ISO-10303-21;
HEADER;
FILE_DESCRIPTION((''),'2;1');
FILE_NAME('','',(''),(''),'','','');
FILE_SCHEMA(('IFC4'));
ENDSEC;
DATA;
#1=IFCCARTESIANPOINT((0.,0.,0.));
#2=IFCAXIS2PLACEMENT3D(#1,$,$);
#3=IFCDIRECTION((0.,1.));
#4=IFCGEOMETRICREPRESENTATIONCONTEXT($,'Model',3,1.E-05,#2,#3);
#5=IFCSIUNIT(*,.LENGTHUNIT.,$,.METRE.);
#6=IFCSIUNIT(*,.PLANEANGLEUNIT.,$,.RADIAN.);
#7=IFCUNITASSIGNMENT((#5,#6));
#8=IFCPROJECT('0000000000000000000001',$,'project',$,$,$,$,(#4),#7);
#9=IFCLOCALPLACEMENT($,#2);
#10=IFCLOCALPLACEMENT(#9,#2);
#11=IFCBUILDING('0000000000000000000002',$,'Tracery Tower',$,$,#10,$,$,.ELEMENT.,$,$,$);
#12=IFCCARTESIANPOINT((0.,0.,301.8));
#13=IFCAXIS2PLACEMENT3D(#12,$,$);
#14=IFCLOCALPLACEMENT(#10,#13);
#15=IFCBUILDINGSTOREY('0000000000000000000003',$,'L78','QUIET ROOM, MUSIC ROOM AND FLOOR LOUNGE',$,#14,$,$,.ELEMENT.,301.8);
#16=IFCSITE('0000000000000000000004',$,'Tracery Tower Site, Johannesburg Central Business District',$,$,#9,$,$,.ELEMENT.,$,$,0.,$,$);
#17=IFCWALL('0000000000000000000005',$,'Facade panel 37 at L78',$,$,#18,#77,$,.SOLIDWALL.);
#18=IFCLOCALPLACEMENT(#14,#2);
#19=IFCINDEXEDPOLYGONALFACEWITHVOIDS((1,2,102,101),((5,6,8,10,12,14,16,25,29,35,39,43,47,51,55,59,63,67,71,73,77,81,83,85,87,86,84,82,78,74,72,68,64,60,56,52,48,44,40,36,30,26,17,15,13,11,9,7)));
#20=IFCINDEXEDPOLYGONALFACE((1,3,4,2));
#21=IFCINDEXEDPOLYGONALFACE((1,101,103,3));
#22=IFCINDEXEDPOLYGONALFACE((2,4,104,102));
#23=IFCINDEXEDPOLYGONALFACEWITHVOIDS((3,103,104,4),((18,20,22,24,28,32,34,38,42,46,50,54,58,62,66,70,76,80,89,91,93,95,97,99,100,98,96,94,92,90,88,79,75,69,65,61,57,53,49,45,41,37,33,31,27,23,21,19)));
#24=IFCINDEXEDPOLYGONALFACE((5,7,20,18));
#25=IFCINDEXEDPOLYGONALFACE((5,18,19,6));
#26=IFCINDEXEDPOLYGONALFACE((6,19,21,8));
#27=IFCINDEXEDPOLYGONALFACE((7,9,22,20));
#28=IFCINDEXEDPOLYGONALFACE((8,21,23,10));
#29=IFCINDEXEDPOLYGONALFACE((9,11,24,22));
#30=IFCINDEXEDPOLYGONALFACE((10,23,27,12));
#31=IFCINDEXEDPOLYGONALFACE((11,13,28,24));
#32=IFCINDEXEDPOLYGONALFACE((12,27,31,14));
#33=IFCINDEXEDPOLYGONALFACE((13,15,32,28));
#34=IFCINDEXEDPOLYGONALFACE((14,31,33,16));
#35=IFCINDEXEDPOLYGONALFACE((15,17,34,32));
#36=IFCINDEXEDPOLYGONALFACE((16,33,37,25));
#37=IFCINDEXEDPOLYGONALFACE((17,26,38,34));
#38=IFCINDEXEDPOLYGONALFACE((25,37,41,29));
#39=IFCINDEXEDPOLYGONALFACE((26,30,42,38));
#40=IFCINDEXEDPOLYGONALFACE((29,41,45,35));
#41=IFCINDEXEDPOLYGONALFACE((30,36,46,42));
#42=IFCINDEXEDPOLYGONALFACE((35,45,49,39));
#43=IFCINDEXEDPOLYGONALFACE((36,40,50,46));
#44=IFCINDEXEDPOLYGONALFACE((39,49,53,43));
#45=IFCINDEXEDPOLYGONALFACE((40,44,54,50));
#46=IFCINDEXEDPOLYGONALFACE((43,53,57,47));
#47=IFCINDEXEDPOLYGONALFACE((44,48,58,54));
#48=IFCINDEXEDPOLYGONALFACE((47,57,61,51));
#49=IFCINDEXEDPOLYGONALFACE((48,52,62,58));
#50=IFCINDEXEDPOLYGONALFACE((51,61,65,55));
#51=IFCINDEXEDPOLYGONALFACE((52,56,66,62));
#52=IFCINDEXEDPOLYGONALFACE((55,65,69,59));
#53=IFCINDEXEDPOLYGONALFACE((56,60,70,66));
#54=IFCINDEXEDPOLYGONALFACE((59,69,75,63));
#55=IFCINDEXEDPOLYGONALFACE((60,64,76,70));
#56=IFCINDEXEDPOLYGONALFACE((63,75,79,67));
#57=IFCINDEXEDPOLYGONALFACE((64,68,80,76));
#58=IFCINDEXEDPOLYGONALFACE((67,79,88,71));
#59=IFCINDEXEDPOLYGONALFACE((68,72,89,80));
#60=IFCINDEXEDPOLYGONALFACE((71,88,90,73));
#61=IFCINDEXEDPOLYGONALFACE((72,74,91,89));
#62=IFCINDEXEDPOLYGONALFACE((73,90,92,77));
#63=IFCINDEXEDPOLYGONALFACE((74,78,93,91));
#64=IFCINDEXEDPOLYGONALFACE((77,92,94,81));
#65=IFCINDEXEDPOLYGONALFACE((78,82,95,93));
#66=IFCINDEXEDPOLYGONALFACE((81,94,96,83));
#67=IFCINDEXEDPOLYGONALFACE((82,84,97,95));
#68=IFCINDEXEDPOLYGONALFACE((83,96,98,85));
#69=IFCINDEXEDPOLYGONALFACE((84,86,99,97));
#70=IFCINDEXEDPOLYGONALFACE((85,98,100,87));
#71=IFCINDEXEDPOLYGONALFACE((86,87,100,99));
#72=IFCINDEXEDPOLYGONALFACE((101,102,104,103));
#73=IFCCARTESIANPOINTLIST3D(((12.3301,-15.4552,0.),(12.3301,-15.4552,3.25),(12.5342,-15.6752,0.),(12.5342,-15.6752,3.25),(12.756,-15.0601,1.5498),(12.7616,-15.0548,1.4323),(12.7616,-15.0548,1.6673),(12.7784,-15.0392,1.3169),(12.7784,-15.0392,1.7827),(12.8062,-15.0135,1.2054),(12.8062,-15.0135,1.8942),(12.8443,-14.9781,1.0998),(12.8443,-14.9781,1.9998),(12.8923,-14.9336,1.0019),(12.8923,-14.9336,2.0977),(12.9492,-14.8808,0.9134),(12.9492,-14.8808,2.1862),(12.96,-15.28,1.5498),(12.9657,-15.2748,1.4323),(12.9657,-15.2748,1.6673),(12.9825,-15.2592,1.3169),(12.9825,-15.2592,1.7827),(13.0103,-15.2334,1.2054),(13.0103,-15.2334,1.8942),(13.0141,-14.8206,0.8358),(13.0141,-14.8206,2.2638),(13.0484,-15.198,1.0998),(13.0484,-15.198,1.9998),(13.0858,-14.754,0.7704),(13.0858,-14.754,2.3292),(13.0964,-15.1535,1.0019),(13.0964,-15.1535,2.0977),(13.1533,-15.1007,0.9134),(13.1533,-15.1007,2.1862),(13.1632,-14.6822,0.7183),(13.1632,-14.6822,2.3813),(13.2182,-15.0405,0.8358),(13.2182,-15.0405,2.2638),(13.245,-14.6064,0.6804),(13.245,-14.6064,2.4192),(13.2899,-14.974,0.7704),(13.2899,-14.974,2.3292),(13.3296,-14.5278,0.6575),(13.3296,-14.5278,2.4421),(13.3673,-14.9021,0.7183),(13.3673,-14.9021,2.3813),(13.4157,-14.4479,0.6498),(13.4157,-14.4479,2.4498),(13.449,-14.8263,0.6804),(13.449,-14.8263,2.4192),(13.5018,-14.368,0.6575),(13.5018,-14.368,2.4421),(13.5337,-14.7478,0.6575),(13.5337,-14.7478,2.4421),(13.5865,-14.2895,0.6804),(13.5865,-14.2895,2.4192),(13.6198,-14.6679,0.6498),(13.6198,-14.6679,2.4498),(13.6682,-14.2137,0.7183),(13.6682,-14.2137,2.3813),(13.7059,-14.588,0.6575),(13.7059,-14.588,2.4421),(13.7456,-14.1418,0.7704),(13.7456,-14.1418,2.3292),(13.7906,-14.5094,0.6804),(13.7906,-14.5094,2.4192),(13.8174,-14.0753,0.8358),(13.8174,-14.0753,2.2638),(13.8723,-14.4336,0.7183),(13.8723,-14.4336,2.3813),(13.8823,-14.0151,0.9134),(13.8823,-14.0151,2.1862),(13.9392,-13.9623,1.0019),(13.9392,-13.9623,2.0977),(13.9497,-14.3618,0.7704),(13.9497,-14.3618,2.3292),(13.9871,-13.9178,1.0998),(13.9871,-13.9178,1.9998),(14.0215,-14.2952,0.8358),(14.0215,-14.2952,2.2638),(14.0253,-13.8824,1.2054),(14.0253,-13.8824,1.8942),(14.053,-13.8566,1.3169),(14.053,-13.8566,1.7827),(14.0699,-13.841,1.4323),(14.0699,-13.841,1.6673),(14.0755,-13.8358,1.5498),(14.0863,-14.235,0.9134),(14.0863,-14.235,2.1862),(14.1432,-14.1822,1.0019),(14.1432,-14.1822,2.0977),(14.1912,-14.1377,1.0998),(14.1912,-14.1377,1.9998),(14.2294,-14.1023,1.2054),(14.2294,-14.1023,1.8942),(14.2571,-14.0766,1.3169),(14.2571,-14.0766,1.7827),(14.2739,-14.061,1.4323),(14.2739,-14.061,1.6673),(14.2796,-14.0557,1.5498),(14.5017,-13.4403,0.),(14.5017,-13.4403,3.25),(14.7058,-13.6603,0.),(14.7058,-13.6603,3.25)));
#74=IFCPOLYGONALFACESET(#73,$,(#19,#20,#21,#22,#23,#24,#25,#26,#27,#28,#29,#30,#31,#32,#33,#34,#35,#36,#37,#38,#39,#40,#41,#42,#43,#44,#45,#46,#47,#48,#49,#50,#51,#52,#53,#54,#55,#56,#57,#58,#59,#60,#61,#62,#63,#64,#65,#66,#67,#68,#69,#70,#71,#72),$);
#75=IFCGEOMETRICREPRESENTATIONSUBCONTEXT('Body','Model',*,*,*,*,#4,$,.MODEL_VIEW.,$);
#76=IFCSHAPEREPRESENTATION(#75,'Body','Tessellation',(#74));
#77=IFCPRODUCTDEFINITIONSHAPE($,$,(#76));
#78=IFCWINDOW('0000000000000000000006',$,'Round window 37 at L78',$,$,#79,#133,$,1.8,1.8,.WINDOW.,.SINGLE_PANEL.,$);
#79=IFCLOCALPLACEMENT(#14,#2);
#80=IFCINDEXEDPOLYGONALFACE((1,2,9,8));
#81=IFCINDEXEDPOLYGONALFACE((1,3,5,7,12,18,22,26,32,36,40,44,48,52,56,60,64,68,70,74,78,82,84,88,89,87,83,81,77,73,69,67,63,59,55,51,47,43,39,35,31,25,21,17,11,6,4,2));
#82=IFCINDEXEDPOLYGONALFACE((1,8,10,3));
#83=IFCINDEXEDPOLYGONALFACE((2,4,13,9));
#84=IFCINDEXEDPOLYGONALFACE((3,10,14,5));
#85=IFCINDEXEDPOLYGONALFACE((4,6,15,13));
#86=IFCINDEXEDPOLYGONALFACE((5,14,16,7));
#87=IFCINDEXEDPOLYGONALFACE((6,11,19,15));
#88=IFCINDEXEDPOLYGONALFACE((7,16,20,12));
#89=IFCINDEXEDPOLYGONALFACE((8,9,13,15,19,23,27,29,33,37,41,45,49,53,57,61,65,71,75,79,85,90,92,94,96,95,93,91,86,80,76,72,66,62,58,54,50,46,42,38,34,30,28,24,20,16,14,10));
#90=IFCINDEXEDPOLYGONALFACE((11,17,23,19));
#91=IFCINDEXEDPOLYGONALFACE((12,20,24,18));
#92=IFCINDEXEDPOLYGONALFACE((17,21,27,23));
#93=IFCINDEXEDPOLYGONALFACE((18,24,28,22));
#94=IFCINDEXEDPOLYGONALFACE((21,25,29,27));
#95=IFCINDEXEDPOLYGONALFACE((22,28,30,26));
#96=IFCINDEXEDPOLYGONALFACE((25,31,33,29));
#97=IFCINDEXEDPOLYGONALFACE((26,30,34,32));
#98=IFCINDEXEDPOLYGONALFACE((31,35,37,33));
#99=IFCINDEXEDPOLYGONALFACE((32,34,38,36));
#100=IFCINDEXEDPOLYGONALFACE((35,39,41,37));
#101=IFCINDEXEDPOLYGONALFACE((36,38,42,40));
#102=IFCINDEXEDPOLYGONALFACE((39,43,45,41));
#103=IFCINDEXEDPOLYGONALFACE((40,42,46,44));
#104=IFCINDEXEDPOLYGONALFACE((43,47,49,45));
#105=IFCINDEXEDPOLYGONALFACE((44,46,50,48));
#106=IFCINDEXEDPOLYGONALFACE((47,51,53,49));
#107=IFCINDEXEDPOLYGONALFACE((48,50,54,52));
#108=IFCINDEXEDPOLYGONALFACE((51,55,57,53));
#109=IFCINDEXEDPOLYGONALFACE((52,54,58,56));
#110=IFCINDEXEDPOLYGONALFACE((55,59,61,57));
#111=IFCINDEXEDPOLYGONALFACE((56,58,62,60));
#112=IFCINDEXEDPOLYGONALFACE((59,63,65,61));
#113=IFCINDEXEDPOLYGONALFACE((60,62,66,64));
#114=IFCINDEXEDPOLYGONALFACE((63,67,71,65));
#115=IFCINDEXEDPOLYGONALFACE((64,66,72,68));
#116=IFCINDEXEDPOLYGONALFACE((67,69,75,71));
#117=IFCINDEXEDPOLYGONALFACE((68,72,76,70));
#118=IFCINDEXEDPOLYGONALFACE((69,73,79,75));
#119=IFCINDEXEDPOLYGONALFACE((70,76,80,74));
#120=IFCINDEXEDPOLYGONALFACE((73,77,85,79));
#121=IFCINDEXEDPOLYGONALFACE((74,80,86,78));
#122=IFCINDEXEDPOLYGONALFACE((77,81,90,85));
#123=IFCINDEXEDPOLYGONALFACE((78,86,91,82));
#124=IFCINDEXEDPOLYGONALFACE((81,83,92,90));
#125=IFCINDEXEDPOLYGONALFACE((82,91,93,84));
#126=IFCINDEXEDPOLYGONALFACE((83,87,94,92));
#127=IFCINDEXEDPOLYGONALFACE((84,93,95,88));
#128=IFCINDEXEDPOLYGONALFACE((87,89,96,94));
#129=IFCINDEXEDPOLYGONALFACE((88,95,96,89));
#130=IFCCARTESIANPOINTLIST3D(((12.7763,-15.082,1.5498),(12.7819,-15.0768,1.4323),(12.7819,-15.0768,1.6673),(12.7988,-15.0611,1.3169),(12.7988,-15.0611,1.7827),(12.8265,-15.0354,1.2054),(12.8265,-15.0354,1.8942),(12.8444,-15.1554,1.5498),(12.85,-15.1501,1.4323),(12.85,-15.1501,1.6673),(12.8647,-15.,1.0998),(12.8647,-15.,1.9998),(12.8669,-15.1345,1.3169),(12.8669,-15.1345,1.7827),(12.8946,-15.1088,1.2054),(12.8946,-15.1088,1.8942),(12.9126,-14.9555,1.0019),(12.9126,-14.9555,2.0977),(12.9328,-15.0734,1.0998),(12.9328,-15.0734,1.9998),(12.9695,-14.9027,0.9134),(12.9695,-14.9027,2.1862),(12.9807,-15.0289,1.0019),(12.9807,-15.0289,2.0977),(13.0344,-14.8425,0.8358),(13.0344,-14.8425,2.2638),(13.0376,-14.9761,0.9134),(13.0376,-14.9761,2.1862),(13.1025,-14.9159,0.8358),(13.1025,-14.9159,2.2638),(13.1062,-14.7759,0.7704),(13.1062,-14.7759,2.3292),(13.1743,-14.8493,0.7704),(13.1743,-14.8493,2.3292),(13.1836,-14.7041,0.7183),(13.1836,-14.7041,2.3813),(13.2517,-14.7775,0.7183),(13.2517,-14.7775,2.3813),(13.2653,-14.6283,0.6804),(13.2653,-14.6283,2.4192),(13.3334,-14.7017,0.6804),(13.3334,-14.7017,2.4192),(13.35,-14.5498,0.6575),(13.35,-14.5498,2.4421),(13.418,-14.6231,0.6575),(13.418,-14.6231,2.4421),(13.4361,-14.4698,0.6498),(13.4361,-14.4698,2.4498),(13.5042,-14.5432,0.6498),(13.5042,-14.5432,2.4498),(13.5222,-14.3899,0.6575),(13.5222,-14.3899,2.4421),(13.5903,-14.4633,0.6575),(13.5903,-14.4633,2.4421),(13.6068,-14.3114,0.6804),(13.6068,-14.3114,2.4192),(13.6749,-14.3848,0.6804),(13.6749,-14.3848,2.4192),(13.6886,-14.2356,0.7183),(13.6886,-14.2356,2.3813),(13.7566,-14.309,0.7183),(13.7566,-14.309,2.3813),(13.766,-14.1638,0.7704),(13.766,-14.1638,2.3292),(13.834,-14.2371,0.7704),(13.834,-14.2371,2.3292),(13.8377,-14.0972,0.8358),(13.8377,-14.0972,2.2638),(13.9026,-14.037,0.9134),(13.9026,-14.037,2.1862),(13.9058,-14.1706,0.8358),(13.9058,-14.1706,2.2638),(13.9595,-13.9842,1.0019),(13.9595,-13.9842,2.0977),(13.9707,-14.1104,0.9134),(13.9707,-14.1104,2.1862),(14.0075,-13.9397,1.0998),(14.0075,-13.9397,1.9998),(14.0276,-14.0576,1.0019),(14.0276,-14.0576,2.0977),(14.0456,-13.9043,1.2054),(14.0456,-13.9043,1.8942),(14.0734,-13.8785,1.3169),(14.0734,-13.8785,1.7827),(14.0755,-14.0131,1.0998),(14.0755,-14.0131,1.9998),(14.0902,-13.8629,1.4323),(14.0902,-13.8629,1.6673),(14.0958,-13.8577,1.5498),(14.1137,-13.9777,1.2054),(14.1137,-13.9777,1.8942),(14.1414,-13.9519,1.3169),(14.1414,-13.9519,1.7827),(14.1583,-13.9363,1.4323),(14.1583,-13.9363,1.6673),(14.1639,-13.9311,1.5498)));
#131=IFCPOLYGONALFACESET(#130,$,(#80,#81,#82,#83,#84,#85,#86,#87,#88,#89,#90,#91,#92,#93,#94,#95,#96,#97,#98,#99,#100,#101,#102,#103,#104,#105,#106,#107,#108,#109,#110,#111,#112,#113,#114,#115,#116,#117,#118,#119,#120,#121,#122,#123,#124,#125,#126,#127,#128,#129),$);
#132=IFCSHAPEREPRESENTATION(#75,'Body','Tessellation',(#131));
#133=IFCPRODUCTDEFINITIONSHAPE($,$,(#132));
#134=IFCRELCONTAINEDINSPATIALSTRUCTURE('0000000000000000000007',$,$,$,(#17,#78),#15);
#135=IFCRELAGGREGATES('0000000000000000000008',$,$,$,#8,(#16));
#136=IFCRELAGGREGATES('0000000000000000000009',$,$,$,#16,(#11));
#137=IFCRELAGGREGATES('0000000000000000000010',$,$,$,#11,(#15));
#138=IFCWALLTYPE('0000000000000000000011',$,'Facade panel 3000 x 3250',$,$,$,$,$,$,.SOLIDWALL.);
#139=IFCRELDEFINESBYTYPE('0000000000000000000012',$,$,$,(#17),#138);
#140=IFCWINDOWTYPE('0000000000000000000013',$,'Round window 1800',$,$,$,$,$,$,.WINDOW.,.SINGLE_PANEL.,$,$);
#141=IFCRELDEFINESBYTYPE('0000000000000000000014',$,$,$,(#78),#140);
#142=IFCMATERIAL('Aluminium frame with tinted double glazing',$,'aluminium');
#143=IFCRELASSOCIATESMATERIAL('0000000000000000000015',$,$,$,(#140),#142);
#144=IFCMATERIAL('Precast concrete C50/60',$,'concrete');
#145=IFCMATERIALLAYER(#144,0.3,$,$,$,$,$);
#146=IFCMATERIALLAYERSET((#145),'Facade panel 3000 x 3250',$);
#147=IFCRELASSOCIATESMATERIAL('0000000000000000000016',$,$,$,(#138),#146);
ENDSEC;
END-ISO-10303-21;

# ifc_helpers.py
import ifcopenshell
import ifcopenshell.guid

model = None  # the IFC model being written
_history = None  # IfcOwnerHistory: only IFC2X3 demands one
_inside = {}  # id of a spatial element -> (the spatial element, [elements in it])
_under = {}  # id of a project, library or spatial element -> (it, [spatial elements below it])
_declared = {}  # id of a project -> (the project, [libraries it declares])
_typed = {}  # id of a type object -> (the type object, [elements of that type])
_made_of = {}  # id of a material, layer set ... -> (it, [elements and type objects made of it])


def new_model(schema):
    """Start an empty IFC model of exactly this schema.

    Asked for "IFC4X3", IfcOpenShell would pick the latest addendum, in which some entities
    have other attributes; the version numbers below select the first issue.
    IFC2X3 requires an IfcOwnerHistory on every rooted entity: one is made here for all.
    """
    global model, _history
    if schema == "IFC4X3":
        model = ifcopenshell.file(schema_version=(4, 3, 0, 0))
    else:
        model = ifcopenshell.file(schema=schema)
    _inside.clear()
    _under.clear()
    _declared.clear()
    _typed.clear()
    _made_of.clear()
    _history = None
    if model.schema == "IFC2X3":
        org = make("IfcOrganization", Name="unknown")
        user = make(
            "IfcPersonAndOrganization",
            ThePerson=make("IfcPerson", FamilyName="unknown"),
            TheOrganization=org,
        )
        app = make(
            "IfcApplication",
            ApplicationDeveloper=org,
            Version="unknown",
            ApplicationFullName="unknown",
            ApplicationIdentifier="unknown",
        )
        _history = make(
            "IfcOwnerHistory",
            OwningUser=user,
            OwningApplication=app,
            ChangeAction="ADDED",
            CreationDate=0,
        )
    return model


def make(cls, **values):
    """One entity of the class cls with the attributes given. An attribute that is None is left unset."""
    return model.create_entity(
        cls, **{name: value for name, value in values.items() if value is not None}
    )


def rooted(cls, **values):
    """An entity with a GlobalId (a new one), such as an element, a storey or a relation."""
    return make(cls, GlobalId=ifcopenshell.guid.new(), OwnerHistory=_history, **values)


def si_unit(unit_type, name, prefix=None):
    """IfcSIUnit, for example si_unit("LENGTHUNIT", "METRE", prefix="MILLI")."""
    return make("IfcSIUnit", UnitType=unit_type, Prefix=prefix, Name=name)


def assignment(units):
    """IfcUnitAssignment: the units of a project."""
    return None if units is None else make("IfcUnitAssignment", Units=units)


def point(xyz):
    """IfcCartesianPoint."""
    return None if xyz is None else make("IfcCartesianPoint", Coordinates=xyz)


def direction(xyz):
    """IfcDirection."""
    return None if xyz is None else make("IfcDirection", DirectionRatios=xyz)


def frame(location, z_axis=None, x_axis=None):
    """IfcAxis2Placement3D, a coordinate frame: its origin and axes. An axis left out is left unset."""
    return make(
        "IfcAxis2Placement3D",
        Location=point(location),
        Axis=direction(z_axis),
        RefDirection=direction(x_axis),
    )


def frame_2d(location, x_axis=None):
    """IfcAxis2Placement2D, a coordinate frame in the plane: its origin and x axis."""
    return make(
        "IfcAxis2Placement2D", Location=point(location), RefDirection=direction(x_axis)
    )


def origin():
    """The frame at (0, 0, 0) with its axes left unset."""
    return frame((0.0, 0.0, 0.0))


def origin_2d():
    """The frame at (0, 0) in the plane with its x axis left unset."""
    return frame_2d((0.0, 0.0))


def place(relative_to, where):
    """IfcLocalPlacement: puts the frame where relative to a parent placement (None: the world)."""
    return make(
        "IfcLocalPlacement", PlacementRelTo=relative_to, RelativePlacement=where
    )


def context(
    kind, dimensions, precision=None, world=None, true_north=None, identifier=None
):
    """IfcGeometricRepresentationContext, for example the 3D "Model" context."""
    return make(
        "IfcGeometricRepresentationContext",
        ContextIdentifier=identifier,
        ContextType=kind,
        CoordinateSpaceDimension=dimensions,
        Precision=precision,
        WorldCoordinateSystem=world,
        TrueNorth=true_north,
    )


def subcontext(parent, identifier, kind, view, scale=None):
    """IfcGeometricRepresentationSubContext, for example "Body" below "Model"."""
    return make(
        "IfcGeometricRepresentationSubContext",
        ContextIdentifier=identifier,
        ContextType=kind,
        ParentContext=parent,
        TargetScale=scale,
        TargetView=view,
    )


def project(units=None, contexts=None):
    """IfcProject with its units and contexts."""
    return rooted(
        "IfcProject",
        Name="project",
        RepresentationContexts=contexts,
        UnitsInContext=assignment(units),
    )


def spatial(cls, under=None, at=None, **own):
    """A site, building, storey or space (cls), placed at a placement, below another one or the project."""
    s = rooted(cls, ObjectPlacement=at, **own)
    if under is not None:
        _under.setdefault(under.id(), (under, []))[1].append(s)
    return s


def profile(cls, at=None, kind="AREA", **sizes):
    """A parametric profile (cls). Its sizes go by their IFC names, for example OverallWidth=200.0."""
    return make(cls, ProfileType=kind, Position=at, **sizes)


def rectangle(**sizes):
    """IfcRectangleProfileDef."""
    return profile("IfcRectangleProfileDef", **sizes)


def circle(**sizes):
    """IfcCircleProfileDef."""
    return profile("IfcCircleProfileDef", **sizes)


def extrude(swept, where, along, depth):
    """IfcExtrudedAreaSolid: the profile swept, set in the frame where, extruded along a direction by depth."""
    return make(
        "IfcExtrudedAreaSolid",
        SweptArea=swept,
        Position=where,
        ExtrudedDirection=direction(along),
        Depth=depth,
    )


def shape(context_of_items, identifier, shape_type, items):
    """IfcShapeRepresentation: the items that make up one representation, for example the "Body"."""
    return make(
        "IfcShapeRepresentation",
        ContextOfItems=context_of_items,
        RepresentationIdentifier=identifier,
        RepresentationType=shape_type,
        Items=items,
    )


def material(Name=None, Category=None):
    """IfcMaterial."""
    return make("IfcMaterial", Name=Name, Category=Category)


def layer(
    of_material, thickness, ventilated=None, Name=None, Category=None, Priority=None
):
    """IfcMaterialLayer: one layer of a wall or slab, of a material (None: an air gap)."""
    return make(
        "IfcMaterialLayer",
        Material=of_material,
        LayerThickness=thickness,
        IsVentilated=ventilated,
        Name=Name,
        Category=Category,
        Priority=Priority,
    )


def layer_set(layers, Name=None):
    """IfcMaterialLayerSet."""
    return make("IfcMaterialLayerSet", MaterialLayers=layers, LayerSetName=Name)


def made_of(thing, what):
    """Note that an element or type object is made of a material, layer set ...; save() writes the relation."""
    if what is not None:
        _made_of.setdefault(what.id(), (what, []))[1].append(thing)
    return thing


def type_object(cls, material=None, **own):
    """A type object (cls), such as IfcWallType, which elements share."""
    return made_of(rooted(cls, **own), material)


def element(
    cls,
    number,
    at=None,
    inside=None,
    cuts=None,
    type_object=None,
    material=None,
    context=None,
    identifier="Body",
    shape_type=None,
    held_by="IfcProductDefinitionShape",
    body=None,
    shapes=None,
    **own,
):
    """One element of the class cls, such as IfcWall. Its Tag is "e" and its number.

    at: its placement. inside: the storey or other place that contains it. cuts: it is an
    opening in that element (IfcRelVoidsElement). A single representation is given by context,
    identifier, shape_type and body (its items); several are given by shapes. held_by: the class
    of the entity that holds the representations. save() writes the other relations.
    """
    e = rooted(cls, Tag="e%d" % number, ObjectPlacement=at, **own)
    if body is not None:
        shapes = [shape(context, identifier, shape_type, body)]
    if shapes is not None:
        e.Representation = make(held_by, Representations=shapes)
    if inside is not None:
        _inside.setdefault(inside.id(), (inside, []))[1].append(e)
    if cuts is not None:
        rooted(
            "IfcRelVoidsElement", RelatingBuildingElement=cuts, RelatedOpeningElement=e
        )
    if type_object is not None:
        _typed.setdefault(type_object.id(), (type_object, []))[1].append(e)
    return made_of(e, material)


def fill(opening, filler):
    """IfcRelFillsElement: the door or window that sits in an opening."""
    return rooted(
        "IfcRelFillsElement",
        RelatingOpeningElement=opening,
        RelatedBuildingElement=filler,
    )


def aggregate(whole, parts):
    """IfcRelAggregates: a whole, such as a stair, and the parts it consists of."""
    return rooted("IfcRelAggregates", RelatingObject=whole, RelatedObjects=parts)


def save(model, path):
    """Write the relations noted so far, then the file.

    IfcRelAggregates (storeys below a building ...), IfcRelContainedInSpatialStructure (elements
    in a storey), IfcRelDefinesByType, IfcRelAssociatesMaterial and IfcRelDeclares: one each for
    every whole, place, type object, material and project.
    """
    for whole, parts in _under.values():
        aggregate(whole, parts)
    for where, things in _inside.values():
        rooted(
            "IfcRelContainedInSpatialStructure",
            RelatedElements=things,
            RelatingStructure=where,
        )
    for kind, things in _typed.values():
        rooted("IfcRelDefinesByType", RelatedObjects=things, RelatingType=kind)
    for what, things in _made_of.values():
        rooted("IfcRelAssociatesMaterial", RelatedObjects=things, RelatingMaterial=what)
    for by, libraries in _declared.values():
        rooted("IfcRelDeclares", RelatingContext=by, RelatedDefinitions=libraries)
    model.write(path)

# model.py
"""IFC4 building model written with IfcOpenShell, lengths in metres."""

from ifc_helpers import new_model, si_unit, direction, frame, frame_2d, origin, origin_2d, place, context, subcontext, project, spatial, rectangle, circle, extrude, material, layer, layer_set, type_object, element, fill, save


model = new_model("IFC4")

# Units and contexts
model_context = context("Model", 3, precision=1e-05, world=origin(), true_north=direction((0.0, 1.0)))
body_context = subcontext(model_context, "Body", "Model", "MODEL_VIEW")
ifc_project = project(units=[si_unit("LENGTHUNIT", "METRE"), si_unit("PLANEANGLEUNIT", "RADIAN")], contexts=[model_context])

# Site, building, storey
site_placement = place(None, origin())
site = spatial("IfcSite", under=ifc_project, at=site_placement, Name="Tracery Tower Site, Johannesburg Central Business District", CompositionType="ELEMENT", RefElevation=0.0)
building_placement = place(site_placement, origin())
building = spatial("IfcBuilding", under=site, at=building_placement, Name="Tracery Tower", CompositionType="ELEMENT")
storey_placement = place(building_placement, frame((0.0, 0.0, 301.8)))
storey = spatial("IfcBuildingStorey", under=building, at=storey_placement, Name="L78", Description="QUIET ROOM, MUSIC ROOM AND FLOOR LOUNGE", CompositionType="ELEMENT", Elevation=301.8)

# Wall, opening, window
ifc_material_1 = material(Name="Aluminium frame with tinted double glazing", Category="aluminium")
window_type = type_object("IfcWindowType", Name="Round window 1800", PartitioningType="SINGLE_PANEL", PredefinedType="WINDOW", material=ifc_material_1)
ifc_material_2 = material(Name="Precast concrete C50/60", Category="concrete")
ifc_layer_1 = layer(ifc_material_2, 0.3)
ifc_layer_set_1 = layer_set([ifc_layer_1], Name="Facade panel 3000 x 3250")
wall_type_1 = type_object("IfcWallType", Name="Facade panel 3000 x 3250", PredefinedType="SOLIDWALL", material=ifc_layer_set_1)
wall_1_placement = place(storey_placement, frame((12.4321, -15.5652, 0.0), z_axis=(0.0, 0.0, 1.0), x_axis=(0.733066, 0.680157, 0.0)))
wall_1 = element("IfcWall", 1, at=wall_1_placement, inside=storey, type_object=wall_type_1, Name="Facade panel 37 at L78", PredefinedType="SOLIDWALL", context=body_context, shape_type="SweptSolid", body=[
    extrude(rectangle(XDim=2.9624, YDim=0.3, at=frame_2d((1.4812, 0.0))), origin(), (0.0, 0.0, 1.0), 3.25),
])
opening_1_placement = place(wall_1_placement, frame((1.481, 0.0, 1.5498)))
opening_1 = element("IfcOpeningElement", 2, at=opening_1_placement, cuts=wall_1, PredefinedType="OPENING", context=body_context, shape_type="SweptSolid", body=[
    extrude(circle(Radius=0.9, at=origin_2d()), frame((0.0, 0.1599, 0.0), z_axis=(0.0, -1.0, 0.0), x_axis=(1.0, 0.0, 0.0)), (0.0, 0.0, 1.0), 0.3201),
])
window_1_placement = place(opening_1_placement, origin())
window_1 = element("IfcWindow", 3, at=window_1_placement, inside=storey, type_object=window_type, Name="Round window 37 at L78", OverallHeight=1.8, OverallWidth=1.8, PartitioningType="SINGLE_PANEL", PredefinedType="WINDOW", context=body_context, shape_type="SweptSolid", body=[
    extrude(circle(Radius=0.9, at=origin_2d()), frame((0.0, 0.1201, 0.0), z_axis=(0.0, -1.0, 0.0), x_axis=(1.0, 0.0, 0.0)), (0.0, 0.0, 1.0), 0.1001),
])
fill(opening_1, window_1)

save(model, "model.ifc")
